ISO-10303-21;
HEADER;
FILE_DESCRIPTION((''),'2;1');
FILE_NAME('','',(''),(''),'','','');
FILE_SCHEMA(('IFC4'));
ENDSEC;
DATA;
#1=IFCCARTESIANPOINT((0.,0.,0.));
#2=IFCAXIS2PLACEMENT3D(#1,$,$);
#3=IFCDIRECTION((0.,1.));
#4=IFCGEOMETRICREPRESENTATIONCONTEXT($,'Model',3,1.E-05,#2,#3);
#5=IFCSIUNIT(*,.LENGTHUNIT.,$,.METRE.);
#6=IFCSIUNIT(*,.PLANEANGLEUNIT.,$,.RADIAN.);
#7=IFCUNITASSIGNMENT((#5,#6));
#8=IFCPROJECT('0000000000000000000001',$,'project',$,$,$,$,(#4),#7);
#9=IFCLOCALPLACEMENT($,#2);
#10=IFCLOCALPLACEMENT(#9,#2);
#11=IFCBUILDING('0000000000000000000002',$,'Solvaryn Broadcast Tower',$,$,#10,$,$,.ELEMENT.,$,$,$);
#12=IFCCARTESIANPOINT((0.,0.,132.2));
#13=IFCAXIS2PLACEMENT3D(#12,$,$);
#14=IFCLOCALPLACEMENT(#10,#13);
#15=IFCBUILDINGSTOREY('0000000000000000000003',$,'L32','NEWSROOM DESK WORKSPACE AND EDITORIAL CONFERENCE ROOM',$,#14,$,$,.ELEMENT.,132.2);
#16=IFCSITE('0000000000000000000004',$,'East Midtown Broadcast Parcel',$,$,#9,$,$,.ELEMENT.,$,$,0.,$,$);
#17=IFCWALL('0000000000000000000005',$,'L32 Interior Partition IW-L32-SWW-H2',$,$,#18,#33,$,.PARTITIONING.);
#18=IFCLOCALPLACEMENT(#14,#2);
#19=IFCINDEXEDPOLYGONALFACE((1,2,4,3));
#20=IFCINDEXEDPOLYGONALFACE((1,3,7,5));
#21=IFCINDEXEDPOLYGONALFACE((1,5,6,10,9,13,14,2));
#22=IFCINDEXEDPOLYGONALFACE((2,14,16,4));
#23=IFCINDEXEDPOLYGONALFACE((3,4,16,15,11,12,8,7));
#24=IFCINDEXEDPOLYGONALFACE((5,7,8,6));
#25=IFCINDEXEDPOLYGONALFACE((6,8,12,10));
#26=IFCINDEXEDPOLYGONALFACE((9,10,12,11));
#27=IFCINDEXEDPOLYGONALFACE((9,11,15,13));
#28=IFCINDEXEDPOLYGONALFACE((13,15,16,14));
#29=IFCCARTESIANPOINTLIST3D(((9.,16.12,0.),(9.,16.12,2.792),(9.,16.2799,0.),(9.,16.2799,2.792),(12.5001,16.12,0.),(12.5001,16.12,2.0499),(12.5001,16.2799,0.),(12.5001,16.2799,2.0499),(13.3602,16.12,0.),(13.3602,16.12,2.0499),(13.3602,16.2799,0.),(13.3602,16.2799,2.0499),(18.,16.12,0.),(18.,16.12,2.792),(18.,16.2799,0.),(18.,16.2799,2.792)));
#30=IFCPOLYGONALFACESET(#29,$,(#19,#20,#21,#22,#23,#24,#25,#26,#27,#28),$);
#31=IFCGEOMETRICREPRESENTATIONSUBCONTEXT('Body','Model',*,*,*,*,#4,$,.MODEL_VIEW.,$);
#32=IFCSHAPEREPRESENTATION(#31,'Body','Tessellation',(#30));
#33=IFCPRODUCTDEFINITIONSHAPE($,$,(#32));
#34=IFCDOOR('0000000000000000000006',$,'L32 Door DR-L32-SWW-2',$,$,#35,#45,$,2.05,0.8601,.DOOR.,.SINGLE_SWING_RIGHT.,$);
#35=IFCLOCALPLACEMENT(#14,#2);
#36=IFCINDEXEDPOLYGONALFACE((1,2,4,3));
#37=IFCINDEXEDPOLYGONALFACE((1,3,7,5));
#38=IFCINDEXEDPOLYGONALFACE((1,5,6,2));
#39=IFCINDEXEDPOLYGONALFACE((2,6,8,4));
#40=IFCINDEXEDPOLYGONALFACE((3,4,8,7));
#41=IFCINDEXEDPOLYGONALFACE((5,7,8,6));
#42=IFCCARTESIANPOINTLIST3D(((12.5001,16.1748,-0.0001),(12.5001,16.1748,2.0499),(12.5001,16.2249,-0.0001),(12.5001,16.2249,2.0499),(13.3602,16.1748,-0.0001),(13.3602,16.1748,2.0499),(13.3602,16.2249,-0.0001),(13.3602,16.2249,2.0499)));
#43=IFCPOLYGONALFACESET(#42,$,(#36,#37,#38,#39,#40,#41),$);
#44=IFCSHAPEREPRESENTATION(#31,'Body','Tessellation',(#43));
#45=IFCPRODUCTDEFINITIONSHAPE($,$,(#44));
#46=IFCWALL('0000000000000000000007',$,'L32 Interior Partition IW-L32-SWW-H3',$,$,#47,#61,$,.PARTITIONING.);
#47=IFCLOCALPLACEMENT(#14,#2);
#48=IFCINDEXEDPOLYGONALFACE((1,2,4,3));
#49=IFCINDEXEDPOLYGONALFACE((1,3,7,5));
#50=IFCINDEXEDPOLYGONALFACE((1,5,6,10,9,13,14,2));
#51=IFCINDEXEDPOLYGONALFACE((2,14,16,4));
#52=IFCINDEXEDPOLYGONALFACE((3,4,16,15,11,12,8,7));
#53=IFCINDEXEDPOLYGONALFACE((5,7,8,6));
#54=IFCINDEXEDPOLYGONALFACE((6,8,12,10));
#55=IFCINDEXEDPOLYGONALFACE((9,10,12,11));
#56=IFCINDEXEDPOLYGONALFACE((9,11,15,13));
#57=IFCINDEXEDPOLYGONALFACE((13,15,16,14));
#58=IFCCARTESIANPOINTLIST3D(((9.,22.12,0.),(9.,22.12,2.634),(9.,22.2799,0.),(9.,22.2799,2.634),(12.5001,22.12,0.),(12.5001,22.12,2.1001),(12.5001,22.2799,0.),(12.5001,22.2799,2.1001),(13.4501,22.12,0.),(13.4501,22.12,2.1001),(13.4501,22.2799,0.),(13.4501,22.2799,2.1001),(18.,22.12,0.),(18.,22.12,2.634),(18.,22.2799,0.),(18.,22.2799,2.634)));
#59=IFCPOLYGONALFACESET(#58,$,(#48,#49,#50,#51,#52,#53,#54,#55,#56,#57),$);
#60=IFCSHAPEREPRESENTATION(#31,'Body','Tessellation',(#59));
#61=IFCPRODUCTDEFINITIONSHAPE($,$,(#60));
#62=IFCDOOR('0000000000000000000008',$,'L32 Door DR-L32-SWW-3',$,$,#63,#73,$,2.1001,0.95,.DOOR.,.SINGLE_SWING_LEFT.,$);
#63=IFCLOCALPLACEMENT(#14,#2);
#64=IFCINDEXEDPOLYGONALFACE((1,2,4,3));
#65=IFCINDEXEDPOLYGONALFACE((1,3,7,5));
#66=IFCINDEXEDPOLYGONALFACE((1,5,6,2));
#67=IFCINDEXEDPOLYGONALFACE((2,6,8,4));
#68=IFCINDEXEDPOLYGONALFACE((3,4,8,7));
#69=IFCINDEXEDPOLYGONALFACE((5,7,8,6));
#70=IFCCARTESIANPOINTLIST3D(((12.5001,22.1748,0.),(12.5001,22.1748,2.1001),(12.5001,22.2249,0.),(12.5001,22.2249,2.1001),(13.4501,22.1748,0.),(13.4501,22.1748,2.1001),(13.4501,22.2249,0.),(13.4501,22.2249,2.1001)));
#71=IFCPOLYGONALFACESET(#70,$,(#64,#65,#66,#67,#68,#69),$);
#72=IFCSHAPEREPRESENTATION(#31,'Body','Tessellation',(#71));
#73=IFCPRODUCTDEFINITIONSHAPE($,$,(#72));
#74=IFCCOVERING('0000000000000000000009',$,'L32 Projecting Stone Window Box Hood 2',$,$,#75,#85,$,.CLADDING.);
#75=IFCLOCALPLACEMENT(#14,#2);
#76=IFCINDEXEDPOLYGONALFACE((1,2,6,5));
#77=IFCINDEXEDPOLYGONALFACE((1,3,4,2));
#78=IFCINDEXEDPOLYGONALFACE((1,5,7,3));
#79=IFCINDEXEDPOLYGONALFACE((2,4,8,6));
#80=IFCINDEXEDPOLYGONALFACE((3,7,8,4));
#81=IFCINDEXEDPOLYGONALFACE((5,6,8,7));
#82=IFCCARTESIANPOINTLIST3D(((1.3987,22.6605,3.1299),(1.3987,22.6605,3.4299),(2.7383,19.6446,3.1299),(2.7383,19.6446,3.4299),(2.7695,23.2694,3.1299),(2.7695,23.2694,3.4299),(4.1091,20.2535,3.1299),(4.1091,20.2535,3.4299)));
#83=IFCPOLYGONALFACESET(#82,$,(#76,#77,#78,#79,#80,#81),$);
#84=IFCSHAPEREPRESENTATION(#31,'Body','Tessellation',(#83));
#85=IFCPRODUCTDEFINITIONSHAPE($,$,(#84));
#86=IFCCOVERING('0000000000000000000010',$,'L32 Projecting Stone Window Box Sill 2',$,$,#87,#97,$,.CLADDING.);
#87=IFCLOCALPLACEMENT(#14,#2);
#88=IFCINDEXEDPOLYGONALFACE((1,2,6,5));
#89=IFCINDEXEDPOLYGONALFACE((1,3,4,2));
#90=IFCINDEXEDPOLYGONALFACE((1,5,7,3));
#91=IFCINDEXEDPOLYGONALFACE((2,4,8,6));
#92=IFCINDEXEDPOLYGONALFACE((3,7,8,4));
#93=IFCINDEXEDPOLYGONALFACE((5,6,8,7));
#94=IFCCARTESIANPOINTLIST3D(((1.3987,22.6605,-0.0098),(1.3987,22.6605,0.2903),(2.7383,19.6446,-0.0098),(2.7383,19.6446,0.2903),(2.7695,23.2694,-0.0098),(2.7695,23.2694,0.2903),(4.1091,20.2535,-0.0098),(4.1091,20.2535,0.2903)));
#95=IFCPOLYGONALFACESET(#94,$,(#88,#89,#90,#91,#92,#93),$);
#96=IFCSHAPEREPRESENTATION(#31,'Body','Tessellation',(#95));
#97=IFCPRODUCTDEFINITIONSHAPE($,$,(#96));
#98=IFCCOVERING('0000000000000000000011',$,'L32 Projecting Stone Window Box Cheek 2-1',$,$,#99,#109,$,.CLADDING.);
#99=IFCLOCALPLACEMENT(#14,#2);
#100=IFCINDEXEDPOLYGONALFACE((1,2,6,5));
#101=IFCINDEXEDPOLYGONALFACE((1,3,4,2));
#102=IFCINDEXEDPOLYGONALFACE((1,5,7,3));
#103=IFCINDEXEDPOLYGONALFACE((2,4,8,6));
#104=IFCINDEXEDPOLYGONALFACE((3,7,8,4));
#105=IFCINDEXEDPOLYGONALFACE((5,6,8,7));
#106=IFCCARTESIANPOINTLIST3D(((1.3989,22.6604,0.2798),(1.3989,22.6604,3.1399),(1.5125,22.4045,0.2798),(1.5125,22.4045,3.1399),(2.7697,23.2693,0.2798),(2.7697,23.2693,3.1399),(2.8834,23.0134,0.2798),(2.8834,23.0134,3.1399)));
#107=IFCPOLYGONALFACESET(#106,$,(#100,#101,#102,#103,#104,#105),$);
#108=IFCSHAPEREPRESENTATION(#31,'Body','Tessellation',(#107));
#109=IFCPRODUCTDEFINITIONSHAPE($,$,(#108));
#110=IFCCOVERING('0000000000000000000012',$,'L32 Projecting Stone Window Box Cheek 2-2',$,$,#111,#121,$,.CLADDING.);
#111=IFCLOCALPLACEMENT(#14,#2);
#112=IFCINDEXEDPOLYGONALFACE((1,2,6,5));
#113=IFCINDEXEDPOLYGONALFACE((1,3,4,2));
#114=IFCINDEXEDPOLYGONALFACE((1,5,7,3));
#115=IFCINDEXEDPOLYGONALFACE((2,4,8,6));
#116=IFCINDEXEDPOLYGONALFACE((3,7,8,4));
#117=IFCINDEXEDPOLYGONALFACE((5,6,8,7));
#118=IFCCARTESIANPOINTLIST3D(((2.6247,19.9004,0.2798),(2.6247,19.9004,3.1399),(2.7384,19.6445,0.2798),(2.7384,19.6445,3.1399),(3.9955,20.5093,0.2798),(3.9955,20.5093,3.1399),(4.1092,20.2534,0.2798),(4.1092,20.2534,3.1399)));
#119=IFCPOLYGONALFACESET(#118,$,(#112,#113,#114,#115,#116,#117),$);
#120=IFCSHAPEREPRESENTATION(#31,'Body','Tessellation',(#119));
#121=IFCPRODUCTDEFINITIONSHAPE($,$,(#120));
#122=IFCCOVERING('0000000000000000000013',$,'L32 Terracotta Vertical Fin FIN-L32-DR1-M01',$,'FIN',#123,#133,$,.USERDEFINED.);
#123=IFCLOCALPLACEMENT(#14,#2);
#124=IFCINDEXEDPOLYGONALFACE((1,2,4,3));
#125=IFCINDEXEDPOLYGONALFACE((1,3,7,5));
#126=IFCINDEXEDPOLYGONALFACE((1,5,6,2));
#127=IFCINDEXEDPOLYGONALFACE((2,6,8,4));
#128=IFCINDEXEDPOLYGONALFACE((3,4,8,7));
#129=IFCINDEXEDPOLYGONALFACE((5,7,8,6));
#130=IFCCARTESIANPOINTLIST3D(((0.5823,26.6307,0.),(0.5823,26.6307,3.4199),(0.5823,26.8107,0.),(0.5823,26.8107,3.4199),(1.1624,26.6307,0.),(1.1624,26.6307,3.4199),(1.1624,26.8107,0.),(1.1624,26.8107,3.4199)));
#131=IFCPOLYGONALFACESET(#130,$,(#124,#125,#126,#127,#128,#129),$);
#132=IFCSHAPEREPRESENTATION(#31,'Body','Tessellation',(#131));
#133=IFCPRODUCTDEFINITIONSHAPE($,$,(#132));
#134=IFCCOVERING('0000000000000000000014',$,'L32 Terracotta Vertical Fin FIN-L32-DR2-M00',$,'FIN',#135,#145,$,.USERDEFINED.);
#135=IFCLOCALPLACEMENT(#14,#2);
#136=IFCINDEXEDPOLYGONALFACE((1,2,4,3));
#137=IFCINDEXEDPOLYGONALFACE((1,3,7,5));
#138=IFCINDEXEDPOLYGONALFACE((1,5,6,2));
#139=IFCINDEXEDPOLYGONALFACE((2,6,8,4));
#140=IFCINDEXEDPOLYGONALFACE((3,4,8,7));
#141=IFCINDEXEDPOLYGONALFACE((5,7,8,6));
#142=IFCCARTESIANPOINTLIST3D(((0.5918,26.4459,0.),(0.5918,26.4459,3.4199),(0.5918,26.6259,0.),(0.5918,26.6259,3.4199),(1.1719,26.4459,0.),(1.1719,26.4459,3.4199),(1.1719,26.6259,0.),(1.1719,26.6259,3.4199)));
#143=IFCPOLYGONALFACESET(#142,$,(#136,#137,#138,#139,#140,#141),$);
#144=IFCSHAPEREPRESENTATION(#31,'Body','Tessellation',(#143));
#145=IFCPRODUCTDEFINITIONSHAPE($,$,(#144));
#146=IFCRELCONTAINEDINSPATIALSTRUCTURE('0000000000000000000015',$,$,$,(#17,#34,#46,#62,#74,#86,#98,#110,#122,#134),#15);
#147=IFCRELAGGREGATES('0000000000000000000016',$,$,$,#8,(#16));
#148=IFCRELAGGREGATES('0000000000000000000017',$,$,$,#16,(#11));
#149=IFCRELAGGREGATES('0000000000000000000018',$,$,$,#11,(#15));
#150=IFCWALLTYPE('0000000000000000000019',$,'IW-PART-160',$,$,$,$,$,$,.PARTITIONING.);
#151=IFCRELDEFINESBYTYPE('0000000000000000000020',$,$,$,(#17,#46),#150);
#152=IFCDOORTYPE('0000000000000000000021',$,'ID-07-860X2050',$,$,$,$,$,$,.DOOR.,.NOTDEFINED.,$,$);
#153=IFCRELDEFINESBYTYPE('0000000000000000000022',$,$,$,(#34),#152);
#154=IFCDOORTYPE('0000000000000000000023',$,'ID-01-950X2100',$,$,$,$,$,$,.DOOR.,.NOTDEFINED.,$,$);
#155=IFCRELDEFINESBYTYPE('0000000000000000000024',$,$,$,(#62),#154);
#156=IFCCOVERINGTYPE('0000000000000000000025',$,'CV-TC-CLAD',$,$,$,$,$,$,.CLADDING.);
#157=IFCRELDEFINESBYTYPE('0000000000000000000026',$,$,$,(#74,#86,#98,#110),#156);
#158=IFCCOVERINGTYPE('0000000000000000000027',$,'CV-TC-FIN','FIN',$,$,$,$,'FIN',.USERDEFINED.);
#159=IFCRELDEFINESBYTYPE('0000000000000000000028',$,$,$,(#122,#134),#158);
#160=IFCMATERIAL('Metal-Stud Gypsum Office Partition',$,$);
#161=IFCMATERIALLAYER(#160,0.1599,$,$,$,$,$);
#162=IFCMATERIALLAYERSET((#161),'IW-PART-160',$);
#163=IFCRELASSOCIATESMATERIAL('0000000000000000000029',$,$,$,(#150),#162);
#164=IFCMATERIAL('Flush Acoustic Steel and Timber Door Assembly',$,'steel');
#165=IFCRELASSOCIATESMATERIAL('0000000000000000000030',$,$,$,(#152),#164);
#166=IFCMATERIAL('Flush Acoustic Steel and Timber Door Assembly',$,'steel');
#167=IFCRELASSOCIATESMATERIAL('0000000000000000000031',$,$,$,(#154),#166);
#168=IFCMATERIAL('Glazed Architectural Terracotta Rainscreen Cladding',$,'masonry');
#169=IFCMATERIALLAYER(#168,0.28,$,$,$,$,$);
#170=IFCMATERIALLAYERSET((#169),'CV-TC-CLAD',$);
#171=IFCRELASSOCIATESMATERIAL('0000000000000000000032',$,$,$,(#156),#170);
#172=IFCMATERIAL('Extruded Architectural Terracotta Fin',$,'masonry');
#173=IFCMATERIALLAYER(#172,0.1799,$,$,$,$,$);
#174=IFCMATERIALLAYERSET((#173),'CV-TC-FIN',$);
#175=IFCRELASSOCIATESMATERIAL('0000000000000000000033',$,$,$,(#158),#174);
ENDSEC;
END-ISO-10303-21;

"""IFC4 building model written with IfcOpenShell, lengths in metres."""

from ifc_helpers import new_model, si_unit, direction, frame, frame_2d, origin, origin_2d, place, context, subcontext, project, spatial, rectangle, extrude, material, layer, layer_set, type_object, element, fill, save


model = new_model("IFC4")

# Units and contexts
model_context = context("Model", 3, precision=1e-05, world=origin(), true_north=direction((0.0, 1.0)))
body_context = subcontext(model_context, "Body", "Model", "MODEL_VIEW")
ifc_project = project(units=[si_unit("LENGTHUNIT", "METRE"), si_unit("PLANEANGLEUNIT", "RADIAN")], contexts=[model_context])

# Site, building, storey
site_placement = place(None, origin())
site = spatial("IfcSite", under=ifc_project, at=site_placement, Name="East Midtown Broadcast Parcel", CompositionType="ELEMENT", RefElevation=0.0)
building_placement = place(site_placement, origin())
building = spatial("IfcBuilding", under=site, at=building_placement, Name="Solvaryn Broadcast Tower", CompositionType="ELEMENT")
storey_placement = place(building_placement, frame((0.0, 0.0, 132.2)))
storey = spatial("IfcBuildingStorey", under=building, at=storey_placement, Name="L32", Description="NEWSROOM DESK WORKSPACE AND EDITORIAL CONFERENCE ROOM", CompositionType="ELEMENT", Elevation=132.2)

# Walls, openings, doors
ifc_material_1 = material(Name="Metal-Stud Gypsum Office Partition")
ifc_layer_1 = layer(ifc_material_1, 0.1599)
ifc_layer_set_1 = layer_set([ifc_layer_1], Name="IW-PART-160")
wall_type = type_object("IfcWallType", Name="IW-PART-160", PredefinedType="PARTITIONING", material=ifc_layer_set_1)
wall_1_placement = place(storey_placement, frame((9.0, 16.2, 0.0), z_axis=(0.0, 0.0, 1.0), x_axis=(1.0, 0.0, 0.0)))
wall_1 = element("IfcWall", 1, at=wall_1_placement, inside=storey, type_object=wall_type, Name="L32 Interior Partition IW-L32-SWW-H2", PredefinedType="PARTITIONING", context=body_context, shape_type="SweptSolid", body=[
    extrude(rectangle(XDim=9.0, YDim=0.1599, at=frame_2d((4.5, 0.0))), origin(), (0.0, 0.0, 1.0), 2.792),
])
opening_1_placement = place(wall_1_placement, frame((3.5, 0.0, 0.0)))
opening_1 = element("IfcOpeningElement", 2, at=opening_1_placement, cuts=wall_1, PredefinedType="OPENING", context=body_context, shape_type="SweptSolid", body=[
    extrude(rectangle(XDim=0.8601, YDim=2.05, at=frame_2d((0.4302, 1.0249))), frame((0.0, 0.0901, 0.0), z_axis=(0.0, -1.0, 0.0), x_axis=(1.0, 0.0, 0.0)), (0.0, 0.0, 1.0), 0.1799),
])
ifc_material_2 = material(Name="Flush Acoustic Steel and Timber Door Assembly", Category="steel")
door_type_1 = type_object("IfcDoorType", Name="ID-07-860X2050", OperationType="NOTDEFINED", PredefinedType="DOOR", material=ifc_material_2)
door_1_placement = place(opening_1_placement, origin())
door_1 = element("IfcDoor", 3, at=door_1_placement, inside=storey, type_object=door_type_1, Name="L32 Door DR-L32-SWW-2", OperationType="SINGLE_SWING_RIGHT", OverallHeight=2.05, OverallWidth=0.8601, PredefinedType="DOOR", context=body_context, shape_type="SweptSolid", body=[
    extrude(rectangle(XDim=0.8601, YDim=2.05, at=frame_2d((0.4302, 1.0249))), frame((0.0, 0.0249, 0.0), z_axis=(0.0, -1.0, 0.0), x_axis=(1.0, 0.0, 0.0)), (0.0, 0.0, 1.0), 0.05),
])
fill(opening_1, door_1)
wall_2_placement = place(storey_placement, frame((9.0, 22.2, 0.0), z_axis=(0.0, 0.0, 1.0), x_axis=(1.0, 0.0, 0.0)))
wall_2 = element("IfcWall", 4, at=wall_2_placement, inside=storey, type_object=wall_type, Name="L32 Interior Partition IW-L32-SWW-H3", PredefinedType="PARTITIONING", context=body_context, shape_type="SweptSolid", body=[
    extrude(rectangle(XDim=9.0, YDim=0.1599, at=frame_2d((4.5, 0.0))), origin(), (0.0, 0.0, 1.0), 2.634),
])
opening_2_placement = place(wall_2_placement, frame((3.5, 0.0, 0.0)))
opening_2 = element("IfcOpeningElement", 5, at=opening_2_placement, cuts=wall_2, PredefinedType="OPENING", context=body_context, shape_type="SweptSolid", body=[
    extrude(rectangle(XDim=0.95, YDim=2.1001, at=frame_2d((0.4751, 1.05))), frame((0.0, 0.0901, 0.0), z_axis=(0.0, -1.0, 0.0), x_axis=(1.0, 0.0, 0.0)), (0.0, 0.0, 1.0), 0.1799),
])
ifc_material_3 = material(Name="Flush Acoustic Steel and Timber Door Assembly", Category="steel")
door_type_2 = type_object("IfcDoorType", Name="ID-01-950X2100", OperationType="NOTDEFINED", PredefinedType="DOOR", material=ifc_material_3)
door_2_placement = place(opening_2_placement, origin())
door_2 = element("IfcDoor", 6, at=door_2_placement, inside=storey, type_object=door_type_2, Name="L32 Door DR-L32-SWW-3", OperationType="SINGLE_SWING_LEFT", OverallHeight=2.1001, OverallWidth=0.95, PredefinedType="DOOR", context=body_context, shape_type="SweptSolid", body=[
    extrude(rectangle(XDim=0.95, YDim=2.1001, at=frame_2d((0.4751, 1.05))), frame((0.0, 0.0249, 0.0), z_axis=(0.0, -1.0, 0.0), x_axis=(1.0, 0.0, 0.0)), (0.0, 0.0, 1.0), 0.05),
])
fill(opening_2, door_2)

# Coverings
ifc_material_4 = material(Name="Glazed Architectural Terracotta Rainscreen Cladding", Category="masonry")
ifc_layer_2 = layer(ifc_material_4, 0.28)
ifc_layer_set_2 = layer_set([ifc_layer_2], Name="CV-TC-CLAD")
covering_type_1 = type_object("IfcCoveringType", Name="CV-TC-CLAD", PredefinedType="CLADDING", material=ifc_layer_set_2)
for number, where, z_axis, x_axis, name in (
    (7, (2.7539, 21.457, 3.1299), (0.0, 0.0, 1.0), (0.405939, -0.9139, 0.0), "L32 Projecting Stone Window Box Hood 2"),
    (8, (2.7539, 21.457, -0.0098), (0.0, 0.0, 1.0), (0.405939, -0.9139, 0.0), "L32 Projecting Stone Window Box Sill 2"),
):
    element("IfcCovering", number, at=place(storey_placement, frame(where, z_axis=z_axis, x_axis=x_axis)), inside=storey, type_object=covering_type_1, Name=name, PredefinedType="CLADDING", context=body_context, shape_type="SweptSolid", body=[
        extrude(rectangle(XDim=3.3, YDim=1.5, at=origin_2d()), origin(), (0.0, 0.0, 1.0), 0.3),
    ])
for number, where, z_axis, x_axis, name in (
    (9, (2.1411, 22.8369, 0.2798), (0.0, 0.0, 1.0), (0.405939, -0.9139, 0.0), "L32 Projecting Stone Window Box Cheek 2-1"),
    (10, (3.3669, 20.0769, 0.2798), (0.0, 0.0, 1.0), (0.405939, -0.9139, 0.0), "L32 Projecting Stone Window Box Cheek 2-2"),
):
    element("IfcCovering", number, at=place(storey_placement, frame(where, z_axis=z_axis, x_axis=x_axis)), inside=storey, type_object=covering_type_1, Name=name, PredefinedType="CLADDING", context=body_context, shape_type="SweptSolid", body=[
        extrude(rectangle(XDim=0.28, YDim=1.5, at=origin_2d()), origin(), (0.0, 0.0, 1.0), 2.8601),
    ])
ifc_material_5 = material(Name="Extruded Architectural Terracotta Fin", Category="masonry")
ifc_layer_3 = layer(ifc_material_5, 0.1799)
ifc_layer_set_3 = layer_set([ifc_layer_3], Name="CV-TC-FIN")
covering_type_2 = type_object("IfcCoveringType", Name="CV-TC-FIN", Description="FIN", ElementType="FIN", PredefinedType="USERDEFINED", material=ifc_layer_set_3)
for number, where, z_axis, x_axis, name in (
    (11, (0.8723, 26.7207, 0.0), (0.0, 0.0, 1.0), (1.0, 0.0, 0.0), "L32 Terracotta Vertical Fin FIN-L32-DR1-M01"),
    (12, (0.8818, 26.5359, 0.0), (0.0, 0.0, 1.0), (1.0, 0.0, 0.0), "L32 Terracotta Vertical Fin FIN-L32-DR2-M00"),
):
    element("IfcCovering", number, at=place(storey_placement, frame(where, z_axis=z_axis, x_axis=x_axis)), inside=storey, type_object=covering_type_2, Name=name, ObjectType="FIN", PredefinedType="USERDEFINED", context=body_context, shape_type="SweptSolid", body=[
        extrude(rectangle(XDim=0.5801, YDim=0.1799, at=origin_2d()), origin(), (0.0, 0.0, 1.0), 3.4199),
    ])

save(model, "model.ifc")
